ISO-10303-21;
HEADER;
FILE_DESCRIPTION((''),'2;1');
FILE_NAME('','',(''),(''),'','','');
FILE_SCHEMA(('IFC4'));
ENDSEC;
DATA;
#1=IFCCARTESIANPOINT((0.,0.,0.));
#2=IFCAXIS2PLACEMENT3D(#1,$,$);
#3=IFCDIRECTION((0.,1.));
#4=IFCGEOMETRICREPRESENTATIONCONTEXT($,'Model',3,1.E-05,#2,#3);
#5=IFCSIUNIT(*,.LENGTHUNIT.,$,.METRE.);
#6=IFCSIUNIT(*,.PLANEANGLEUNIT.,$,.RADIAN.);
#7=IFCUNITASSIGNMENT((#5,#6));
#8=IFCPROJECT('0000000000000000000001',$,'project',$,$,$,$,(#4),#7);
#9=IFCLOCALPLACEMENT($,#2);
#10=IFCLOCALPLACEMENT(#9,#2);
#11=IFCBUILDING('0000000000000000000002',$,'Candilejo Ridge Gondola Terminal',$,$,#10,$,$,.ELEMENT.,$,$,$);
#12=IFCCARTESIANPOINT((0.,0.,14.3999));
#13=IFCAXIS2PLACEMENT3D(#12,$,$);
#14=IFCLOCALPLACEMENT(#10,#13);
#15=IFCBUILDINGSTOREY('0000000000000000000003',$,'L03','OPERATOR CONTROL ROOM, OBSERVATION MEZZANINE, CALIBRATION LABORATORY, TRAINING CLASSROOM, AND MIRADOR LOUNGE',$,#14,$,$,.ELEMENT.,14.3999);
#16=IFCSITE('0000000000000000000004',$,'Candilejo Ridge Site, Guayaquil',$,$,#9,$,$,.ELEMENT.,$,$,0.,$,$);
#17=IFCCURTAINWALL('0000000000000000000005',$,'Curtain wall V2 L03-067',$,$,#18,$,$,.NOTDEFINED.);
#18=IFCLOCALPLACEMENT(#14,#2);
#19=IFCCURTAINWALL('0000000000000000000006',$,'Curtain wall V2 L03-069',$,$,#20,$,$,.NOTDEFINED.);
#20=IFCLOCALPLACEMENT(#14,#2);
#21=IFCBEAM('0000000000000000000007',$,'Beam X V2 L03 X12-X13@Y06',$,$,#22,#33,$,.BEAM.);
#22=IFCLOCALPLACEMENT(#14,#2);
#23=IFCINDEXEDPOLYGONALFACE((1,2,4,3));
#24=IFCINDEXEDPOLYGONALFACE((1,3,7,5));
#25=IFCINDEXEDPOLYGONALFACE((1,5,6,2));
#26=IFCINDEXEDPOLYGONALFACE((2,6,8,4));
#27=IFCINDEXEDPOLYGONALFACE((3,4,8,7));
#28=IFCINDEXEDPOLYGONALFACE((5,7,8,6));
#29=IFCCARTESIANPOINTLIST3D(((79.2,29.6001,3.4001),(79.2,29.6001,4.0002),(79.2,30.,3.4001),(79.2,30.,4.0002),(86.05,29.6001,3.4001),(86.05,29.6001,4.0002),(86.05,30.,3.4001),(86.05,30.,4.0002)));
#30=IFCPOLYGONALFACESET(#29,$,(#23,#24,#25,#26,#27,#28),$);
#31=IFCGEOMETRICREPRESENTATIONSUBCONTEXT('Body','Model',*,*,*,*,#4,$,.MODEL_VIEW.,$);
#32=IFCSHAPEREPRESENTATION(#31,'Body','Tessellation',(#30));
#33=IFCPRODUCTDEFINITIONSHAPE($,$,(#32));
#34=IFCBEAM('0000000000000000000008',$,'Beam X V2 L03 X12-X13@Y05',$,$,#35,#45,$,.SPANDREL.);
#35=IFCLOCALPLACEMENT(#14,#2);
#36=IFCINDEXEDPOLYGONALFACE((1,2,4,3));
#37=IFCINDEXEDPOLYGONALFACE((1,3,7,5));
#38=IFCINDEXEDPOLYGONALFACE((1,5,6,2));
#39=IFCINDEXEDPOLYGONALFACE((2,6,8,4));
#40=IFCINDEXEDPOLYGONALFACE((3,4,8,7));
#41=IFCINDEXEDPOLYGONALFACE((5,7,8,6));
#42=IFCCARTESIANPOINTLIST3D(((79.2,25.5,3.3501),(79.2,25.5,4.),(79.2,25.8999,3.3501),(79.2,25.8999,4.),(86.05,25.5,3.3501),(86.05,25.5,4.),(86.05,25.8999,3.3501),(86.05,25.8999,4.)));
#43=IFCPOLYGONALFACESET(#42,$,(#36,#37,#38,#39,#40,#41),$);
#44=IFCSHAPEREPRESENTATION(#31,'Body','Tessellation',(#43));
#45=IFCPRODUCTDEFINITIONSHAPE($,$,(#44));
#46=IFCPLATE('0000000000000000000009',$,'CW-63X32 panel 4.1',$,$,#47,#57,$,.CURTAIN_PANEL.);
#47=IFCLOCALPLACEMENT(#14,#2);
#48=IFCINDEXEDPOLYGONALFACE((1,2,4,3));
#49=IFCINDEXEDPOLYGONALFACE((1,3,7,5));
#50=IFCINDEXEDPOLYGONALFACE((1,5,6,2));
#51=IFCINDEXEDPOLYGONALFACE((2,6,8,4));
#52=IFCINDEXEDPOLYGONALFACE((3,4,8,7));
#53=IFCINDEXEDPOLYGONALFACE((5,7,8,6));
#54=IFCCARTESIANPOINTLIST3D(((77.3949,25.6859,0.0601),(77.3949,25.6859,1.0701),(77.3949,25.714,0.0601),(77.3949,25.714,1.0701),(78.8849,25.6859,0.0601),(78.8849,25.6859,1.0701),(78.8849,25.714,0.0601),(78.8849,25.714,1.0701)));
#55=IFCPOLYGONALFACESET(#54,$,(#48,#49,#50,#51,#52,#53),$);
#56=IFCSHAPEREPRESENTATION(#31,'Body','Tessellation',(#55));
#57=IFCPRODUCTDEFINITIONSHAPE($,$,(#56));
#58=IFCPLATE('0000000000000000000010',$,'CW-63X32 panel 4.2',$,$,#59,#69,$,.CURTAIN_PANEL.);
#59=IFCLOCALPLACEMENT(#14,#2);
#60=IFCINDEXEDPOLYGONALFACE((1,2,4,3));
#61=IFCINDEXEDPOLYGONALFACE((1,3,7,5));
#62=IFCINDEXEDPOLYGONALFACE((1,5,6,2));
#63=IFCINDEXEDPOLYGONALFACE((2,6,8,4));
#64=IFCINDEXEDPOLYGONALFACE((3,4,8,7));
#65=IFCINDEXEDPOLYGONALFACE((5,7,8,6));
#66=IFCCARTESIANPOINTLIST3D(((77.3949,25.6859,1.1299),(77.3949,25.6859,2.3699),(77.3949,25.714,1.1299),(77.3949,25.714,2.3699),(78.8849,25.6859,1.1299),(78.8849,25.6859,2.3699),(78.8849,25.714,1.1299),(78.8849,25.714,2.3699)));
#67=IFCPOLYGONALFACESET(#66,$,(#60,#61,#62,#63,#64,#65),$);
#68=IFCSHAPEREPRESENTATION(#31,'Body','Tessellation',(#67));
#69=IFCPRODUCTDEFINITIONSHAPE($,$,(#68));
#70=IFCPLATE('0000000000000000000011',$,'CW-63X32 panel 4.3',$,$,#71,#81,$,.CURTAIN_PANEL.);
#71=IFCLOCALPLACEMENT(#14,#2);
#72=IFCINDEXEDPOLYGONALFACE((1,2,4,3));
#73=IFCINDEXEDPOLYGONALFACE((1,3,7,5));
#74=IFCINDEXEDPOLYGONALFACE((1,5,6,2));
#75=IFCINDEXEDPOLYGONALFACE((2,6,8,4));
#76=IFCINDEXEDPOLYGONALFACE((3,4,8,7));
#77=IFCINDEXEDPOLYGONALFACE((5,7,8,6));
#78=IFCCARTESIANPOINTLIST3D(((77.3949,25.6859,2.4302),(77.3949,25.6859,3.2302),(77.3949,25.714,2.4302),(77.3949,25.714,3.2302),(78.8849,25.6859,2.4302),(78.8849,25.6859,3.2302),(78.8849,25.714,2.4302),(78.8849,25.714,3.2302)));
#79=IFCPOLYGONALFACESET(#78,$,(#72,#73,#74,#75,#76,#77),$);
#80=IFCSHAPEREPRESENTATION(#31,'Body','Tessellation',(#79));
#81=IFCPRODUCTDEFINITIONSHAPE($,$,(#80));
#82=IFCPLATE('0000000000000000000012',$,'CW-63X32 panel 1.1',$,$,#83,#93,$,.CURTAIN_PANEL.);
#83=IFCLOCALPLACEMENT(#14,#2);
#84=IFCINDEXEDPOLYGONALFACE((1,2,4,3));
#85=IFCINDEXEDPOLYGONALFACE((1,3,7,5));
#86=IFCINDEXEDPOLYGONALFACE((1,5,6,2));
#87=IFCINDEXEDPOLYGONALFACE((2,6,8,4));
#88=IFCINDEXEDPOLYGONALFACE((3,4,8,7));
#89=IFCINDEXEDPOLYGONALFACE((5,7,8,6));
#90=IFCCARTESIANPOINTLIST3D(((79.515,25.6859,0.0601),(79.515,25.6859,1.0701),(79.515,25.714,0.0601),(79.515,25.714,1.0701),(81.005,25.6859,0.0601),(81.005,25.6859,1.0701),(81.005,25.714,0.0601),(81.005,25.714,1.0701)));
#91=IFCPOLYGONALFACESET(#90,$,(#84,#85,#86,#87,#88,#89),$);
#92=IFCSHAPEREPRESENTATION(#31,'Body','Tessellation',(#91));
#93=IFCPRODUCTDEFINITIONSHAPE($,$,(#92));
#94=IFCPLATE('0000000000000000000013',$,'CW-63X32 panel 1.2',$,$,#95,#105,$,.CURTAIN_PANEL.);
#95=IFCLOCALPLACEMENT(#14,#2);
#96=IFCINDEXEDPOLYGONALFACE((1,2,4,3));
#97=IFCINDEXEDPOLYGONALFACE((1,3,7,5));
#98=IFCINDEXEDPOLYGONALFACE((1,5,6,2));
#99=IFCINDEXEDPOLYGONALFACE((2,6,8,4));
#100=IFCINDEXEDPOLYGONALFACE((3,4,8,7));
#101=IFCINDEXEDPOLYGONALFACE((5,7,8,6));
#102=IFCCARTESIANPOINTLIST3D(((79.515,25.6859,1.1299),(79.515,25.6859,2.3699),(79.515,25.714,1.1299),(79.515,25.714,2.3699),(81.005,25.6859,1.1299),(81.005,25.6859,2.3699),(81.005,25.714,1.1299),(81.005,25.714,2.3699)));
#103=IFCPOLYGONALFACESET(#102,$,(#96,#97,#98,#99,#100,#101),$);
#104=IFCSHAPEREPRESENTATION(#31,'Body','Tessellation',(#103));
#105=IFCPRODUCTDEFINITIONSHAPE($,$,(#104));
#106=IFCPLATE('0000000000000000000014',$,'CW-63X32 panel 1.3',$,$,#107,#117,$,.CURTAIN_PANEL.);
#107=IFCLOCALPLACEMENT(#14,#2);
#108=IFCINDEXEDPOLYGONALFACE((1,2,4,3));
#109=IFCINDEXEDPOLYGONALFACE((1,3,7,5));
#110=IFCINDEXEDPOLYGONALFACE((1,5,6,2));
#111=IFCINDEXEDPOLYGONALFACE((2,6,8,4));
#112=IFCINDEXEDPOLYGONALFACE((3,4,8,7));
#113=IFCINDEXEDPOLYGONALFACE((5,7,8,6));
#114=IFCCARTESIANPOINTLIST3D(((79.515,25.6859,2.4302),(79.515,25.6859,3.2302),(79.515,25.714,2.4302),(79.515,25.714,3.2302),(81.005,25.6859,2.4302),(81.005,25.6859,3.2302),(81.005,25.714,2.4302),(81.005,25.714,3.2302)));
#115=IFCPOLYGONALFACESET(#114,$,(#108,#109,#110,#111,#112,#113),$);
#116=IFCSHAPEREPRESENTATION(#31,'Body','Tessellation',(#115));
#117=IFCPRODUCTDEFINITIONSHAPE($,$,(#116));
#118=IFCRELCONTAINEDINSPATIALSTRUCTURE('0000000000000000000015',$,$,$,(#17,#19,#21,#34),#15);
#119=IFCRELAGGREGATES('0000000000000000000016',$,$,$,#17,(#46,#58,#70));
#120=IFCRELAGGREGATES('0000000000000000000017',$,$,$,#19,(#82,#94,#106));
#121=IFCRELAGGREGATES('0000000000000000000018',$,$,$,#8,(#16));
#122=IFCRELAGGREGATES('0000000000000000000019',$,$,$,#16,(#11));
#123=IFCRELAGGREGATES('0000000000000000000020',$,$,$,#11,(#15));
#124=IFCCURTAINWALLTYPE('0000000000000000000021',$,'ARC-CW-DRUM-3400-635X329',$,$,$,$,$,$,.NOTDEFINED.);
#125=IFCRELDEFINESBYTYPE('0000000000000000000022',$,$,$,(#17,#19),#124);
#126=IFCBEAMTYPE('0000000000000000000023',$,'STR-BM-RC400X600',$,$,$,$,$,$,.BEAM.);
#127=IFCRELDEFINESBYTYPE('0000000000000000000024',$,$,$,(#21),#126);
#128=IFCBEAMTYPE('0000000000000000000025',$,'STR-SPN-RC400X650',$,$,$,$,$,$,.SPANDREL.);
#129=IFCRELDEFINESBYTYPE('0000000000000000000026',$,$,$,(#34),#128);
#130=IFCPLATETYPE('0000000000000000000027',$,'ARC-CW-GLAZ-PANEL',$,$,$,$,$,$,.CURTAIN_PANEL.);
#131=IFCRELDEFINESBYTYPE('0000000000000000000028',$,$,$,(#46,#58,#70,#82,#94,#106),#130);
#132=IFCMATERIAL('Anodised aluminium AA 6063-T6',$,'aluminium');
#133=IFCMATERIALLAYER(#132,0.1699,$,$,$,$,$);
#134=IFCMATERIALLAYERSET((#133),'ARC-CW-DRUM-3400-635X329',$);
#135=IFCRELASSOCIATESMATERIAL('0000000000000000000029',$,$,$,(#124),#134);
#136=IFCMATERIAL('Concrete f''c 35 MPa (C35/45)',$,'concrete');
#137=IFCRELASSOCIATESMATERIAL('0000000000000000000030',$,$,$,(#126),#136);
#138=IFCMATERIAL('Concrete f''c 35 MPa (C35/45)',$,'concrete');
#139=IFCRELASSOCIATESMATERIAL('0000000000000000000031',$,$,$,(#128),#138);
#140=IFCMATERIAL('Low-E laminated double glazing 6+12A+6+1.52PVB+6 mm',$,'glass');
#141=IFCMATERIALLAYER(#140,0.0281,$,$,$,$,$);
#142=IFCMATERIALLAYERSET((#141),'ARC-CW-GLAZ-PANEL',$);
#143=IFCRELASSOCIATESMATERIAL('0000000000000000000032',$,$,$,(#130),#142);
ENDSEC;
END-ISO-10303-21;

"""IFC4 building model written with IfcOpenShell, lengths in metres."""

from ifc_helpers import new_model, si_unit, direction, frame, origin, origin_2d, place, context, subcontext, project, spatial, rectangle, extrude, material, layer, layer_set, material_profile, profile_set, type_object, element, aggregate, save


model = new_model("IFC4")

# Units and contexts
model_context = context("Model", 3, precision=1e-05, world=origin(), true_north=direction((0.0, 1.0)))
body_context = subcontext(model_context, "Body", "Model", "MODEL_VIEW")
ifc_project = project(units=[si_unit("LENGTHUNIT", "METRE"), si_unit("PLANEANGLEUNIT", "RADIAN")], contexts=[model_context])

# Site, building, storey
site_placement = place(None, origin())
site = spatial("IfcSite", under=ifc_project, at=site_placement, Name="Candilejo Ridge Site, Guayaquil", CompositionType="ELEMENT", RefElevation=0.0)
building_placement = place(site_placement, origin())
building = spatial("IfcBuilding", under=site, at=building_placement, Name="Candilejo Ridge Gondola Terminal", CompositionType="ELEMENT")
storey_placement = place(building_placement, frame((0.0, 0.0, 14.3999)))
storey = spatial("IfcBuildingStorey", under=building, at=storey_placement, Name="L03", Description="OPERATOR CONTROL ROOM, OBSERVATION MEZZANINE, CALIBRATION LABORATORY, TRAINING CLASSROOM, AND MIRADOR LOUNGE", CompositionType="ELEMENT", Elevation=14.3999)

# Curtain wall
ifc_material_1 = material(Name="Anodised aluminium AA 6063-T6", Category="aluminium")
ifc_layer_1 = layer(ifc_material_1, 0.1699)
ifc_layer_set_1 = layer_set([ifc_layer_1], Name="ARC-CW-DRUM-3400-635X329")
curtain_wall_type = type_object("IfcCurtainWallType", Name="ARC-CW-DRUM-3400-635X329", PredefinedType="NOTDEFINED", material=ifc_layer_set_1)
curtain_wall_1_placement = place(storey_placement, origin())
curtain_wall_1 = element("IfcCurtainWall", 1, at=curtain_wall_1_placement, inside=storey, type_object=curtain_wall_type, Name="Curtain wall V2 L03-067", PredefinedType="NOTDEFINED")

# Curtain wall
curtain_wall_2_placement = place(storey_placement, origin())
curtain_wall_2 = element("IfcCurtainWall", 2, at=curtain_wall_2_placement, inside=storey, type_object=curtain_wall_type, Name="Curtain wall V2 L03-069", PredefinedType="NOTDEFINED")

# Beams
ifc_material_2 = material(Name="Concrete f'c 35 MPa (C35/45)", Category="concrete")
ifc_material_profile_1 = material_profile(ifc_material_2, rectangle(XDim=0.3999, YDim=0.6001, at=origin_2d()))
ifc_profile_set_1 = profile_set([ifc_material_profile_1], Name="Concrete f'c 35 MPa (C35/45)")
beam_type_1 = type_object("IfcBeamType", Name="STR-BM-RC400X600", PredefinedType="BEAM", material=ifc_profile_set_1)
beam_1_placement = place(storey_placement, frame((79.2, 29.8, 3.7002), z_axis=(1.0, 0.0, 0.0), x_axis=(0.0, 1.0, 0.0)))
element("IfcBeam", 3, at=beam_1_placement, inside=storey, type_object=beam_type_1, Name="Beam X V2 L03 X12-X13@Y06", PredefinedType="BEAM", context=body_context, shape_type="SweptSolid", body=[
    extrude(rectangle(XDim=0.3999, YDim=0.6001, at=origin_2d()), origin(), (0.0, 0.0, 1.0), 6.8501),
])
ifc_material_3 = material(Name="Concrete f'c 35 MPa (C35/45)", Category="concrete")
ifc_material_profile_2 = material_profile(ifc_material_3, rectangle(XDim=0.3999, YDim=0.6499, at=origin_2d()))
ifc_profile_set_2 = profile_set([ifc_material_profile_2], Name="Concrete f'c 35 MPa (C35/45)")
beam_type_2 = type_object("IfcBeamType", Name="STR-SPN-RC400X650", PredefinedType="SPANDREL", material=ifc_profile_set_2)
beam_2_placement = place(storey_placement, frame((79.2, 25.7, 3.675), z_axis=(1.0, 0.0, 0.0), x_axis=(0.0, 1.0, 0.0)))
element("IfcBeam", 4, at=beam_2_placement, inside=storey, type_object=beam_type_2, Name="Beam X V2 L03 X12-X13@Y05", PredefinedType="SPANDREL", context=body_context, shape_type="SweptSolid", body=[
    extrude(rectangle(XDim=0.3999, YDim=0.6499, at=origin_2d()), origin(), (0.0, 0.0, 1.0), 6.8501),
])

# Plates
ifc_material_4 = material(Name="Low-E laminated double glazing 6+12A+6+1.52PVB+6 mm", Category="glass")
ifc_layer_2 = layer(ifc_material_4, 0.0281)
ifc_layer_set_2 = layer_set([ifc_layer_2], Name="ARC-CW-GLAZ-PANEL")
plate_type = type_object("IfcPlateType", Name="ARC-CW-GLAZ-PANEL", PredefinedType="CURTAIN_PANEL", material=ifc_layer_set_2)
plate_1_placement = place(storey_placement, frame((78.1399, 25.7, 0.0601), z_axis=(0.0, 0.0, 1.0), x_axis=(1.0, 0.0, 0.0)))
plate_1 = element("IfcPlate", 5, at=plate_1_placement, type_object=plate_type, Name="CW-63X32 panel 4.1", PredefinedType="CURTAIN_PANEL", context=body_context, shape_type="SweptSolid", body=[
    extrude(rectangle(XDim=1.49, YDim=0.0281, at=origin_2d()), origin(), (0.0, 0.0, 1.0), 1.01),
])
plate_2_placement = place(storey_placement, frame((78.1399, 25.7, 1.1299), z_axis=(0.0, 0.0, 1.0), x_axis=(1.0, 0.0, 0.0)))
plate_2 = element("IfcPlate", 6, at=plate_2_placement, type_object=plate_type, Name="CW-63X32 panel 4.2", PredefinedType="CURTAIN_PANEL", context=body_context, shape_type="SweptSolid", body=[
    extrude(rectangle(XDim=1.49, YDim=0.0281, at=origin_2d()), origin(), (0.0, 0.0, 1.0), 1.24),
])
plate_3_placement = place(storey_placement, frame((78.1399, 25.7, 2.4302), z_axis=(0.0, 0.0, 1.0), x_axis=(1.0, 0.0, 0.0)))
plate_3 = element("IfcPlate", 7, at=plate_3_placement, type_object=plate_type, Name="CW-63X32 panel 4.3", PredefinedType="CURTAIN_PANEL", context=body_context, shape_type="SweptSolid", body=[
    extrude(rectangle(XDim=1.49, YDim=0.0281, at=origin_2d()), origin(), (0.0, 0.0, 1.0), 0.8),
])
aggregate(curtain_wall_1, [plate_1, plate_2, plate_3])
plate_4_placement = place(storey_placement, frame((80.26, 25.7, 0.0601), z_axis=(0.0, 0.0, 1.0), x_axis=(1.0, 0.0, 0.0)))
plate_4 = element("IfcPlate", 8, at=plate_4_placement, type_object=plate_type, Name="CW-63X32 panel 1.1", PredefinedType="CURTAIN_PANEL", context=body_context, shape_type="SweptSolid", body=[
    extrude(rectangle(XDim=1.49, YDim=0.0281, at=origin_2d()), origin(), (0.0, 0.0, 1.0), 1.01),
])
plate_5_placement = place(storey_placement, frame((80.26, 25.7, 1.1299), z_axis=(0.0, 0.0, 1.0), x_axis=(1.0, 0.0, 0.0)))
plate_5 = element("IfcPlate", 9, at=plate_5_placement, type_object=plate_type, Name="CW-63X32 panel 1.2", PredefinedType="CURTAIN_PANEL", context=body_context, shape_type="SweptSolid", body=[
    extrude(rectangle(XDim=1.49, YDim=0.0281, at=origin_2d()), origin(), (0.0, 0.0, 1.0), 1.24),
])
plate_6_placement = place(storey_placement, frame((80.26, 25.7, 2.4302), z_axis=(0.0, 0.0, 1.0), x_axis=(1.0, 0.0, 0.0)))
plate_6 = element("IfcPlate", 10, at=plate_6_placement, type_object=plate_type, Name="CW-63X32 panel 1.3", PredefinedType="CURTAIN_PANEL", context=body_context, shape_type="SweptSolid", body=[
    extrude(rectangle(XDim=1.49, YDim=0.0281, at=origin_2d()), origin(), (0.0, 0.0, 1.0), 0.8),
])
aggregate(curtain_wall_2, [plate_4, plate_5, plate_6])

save(model, "model.ifc")
